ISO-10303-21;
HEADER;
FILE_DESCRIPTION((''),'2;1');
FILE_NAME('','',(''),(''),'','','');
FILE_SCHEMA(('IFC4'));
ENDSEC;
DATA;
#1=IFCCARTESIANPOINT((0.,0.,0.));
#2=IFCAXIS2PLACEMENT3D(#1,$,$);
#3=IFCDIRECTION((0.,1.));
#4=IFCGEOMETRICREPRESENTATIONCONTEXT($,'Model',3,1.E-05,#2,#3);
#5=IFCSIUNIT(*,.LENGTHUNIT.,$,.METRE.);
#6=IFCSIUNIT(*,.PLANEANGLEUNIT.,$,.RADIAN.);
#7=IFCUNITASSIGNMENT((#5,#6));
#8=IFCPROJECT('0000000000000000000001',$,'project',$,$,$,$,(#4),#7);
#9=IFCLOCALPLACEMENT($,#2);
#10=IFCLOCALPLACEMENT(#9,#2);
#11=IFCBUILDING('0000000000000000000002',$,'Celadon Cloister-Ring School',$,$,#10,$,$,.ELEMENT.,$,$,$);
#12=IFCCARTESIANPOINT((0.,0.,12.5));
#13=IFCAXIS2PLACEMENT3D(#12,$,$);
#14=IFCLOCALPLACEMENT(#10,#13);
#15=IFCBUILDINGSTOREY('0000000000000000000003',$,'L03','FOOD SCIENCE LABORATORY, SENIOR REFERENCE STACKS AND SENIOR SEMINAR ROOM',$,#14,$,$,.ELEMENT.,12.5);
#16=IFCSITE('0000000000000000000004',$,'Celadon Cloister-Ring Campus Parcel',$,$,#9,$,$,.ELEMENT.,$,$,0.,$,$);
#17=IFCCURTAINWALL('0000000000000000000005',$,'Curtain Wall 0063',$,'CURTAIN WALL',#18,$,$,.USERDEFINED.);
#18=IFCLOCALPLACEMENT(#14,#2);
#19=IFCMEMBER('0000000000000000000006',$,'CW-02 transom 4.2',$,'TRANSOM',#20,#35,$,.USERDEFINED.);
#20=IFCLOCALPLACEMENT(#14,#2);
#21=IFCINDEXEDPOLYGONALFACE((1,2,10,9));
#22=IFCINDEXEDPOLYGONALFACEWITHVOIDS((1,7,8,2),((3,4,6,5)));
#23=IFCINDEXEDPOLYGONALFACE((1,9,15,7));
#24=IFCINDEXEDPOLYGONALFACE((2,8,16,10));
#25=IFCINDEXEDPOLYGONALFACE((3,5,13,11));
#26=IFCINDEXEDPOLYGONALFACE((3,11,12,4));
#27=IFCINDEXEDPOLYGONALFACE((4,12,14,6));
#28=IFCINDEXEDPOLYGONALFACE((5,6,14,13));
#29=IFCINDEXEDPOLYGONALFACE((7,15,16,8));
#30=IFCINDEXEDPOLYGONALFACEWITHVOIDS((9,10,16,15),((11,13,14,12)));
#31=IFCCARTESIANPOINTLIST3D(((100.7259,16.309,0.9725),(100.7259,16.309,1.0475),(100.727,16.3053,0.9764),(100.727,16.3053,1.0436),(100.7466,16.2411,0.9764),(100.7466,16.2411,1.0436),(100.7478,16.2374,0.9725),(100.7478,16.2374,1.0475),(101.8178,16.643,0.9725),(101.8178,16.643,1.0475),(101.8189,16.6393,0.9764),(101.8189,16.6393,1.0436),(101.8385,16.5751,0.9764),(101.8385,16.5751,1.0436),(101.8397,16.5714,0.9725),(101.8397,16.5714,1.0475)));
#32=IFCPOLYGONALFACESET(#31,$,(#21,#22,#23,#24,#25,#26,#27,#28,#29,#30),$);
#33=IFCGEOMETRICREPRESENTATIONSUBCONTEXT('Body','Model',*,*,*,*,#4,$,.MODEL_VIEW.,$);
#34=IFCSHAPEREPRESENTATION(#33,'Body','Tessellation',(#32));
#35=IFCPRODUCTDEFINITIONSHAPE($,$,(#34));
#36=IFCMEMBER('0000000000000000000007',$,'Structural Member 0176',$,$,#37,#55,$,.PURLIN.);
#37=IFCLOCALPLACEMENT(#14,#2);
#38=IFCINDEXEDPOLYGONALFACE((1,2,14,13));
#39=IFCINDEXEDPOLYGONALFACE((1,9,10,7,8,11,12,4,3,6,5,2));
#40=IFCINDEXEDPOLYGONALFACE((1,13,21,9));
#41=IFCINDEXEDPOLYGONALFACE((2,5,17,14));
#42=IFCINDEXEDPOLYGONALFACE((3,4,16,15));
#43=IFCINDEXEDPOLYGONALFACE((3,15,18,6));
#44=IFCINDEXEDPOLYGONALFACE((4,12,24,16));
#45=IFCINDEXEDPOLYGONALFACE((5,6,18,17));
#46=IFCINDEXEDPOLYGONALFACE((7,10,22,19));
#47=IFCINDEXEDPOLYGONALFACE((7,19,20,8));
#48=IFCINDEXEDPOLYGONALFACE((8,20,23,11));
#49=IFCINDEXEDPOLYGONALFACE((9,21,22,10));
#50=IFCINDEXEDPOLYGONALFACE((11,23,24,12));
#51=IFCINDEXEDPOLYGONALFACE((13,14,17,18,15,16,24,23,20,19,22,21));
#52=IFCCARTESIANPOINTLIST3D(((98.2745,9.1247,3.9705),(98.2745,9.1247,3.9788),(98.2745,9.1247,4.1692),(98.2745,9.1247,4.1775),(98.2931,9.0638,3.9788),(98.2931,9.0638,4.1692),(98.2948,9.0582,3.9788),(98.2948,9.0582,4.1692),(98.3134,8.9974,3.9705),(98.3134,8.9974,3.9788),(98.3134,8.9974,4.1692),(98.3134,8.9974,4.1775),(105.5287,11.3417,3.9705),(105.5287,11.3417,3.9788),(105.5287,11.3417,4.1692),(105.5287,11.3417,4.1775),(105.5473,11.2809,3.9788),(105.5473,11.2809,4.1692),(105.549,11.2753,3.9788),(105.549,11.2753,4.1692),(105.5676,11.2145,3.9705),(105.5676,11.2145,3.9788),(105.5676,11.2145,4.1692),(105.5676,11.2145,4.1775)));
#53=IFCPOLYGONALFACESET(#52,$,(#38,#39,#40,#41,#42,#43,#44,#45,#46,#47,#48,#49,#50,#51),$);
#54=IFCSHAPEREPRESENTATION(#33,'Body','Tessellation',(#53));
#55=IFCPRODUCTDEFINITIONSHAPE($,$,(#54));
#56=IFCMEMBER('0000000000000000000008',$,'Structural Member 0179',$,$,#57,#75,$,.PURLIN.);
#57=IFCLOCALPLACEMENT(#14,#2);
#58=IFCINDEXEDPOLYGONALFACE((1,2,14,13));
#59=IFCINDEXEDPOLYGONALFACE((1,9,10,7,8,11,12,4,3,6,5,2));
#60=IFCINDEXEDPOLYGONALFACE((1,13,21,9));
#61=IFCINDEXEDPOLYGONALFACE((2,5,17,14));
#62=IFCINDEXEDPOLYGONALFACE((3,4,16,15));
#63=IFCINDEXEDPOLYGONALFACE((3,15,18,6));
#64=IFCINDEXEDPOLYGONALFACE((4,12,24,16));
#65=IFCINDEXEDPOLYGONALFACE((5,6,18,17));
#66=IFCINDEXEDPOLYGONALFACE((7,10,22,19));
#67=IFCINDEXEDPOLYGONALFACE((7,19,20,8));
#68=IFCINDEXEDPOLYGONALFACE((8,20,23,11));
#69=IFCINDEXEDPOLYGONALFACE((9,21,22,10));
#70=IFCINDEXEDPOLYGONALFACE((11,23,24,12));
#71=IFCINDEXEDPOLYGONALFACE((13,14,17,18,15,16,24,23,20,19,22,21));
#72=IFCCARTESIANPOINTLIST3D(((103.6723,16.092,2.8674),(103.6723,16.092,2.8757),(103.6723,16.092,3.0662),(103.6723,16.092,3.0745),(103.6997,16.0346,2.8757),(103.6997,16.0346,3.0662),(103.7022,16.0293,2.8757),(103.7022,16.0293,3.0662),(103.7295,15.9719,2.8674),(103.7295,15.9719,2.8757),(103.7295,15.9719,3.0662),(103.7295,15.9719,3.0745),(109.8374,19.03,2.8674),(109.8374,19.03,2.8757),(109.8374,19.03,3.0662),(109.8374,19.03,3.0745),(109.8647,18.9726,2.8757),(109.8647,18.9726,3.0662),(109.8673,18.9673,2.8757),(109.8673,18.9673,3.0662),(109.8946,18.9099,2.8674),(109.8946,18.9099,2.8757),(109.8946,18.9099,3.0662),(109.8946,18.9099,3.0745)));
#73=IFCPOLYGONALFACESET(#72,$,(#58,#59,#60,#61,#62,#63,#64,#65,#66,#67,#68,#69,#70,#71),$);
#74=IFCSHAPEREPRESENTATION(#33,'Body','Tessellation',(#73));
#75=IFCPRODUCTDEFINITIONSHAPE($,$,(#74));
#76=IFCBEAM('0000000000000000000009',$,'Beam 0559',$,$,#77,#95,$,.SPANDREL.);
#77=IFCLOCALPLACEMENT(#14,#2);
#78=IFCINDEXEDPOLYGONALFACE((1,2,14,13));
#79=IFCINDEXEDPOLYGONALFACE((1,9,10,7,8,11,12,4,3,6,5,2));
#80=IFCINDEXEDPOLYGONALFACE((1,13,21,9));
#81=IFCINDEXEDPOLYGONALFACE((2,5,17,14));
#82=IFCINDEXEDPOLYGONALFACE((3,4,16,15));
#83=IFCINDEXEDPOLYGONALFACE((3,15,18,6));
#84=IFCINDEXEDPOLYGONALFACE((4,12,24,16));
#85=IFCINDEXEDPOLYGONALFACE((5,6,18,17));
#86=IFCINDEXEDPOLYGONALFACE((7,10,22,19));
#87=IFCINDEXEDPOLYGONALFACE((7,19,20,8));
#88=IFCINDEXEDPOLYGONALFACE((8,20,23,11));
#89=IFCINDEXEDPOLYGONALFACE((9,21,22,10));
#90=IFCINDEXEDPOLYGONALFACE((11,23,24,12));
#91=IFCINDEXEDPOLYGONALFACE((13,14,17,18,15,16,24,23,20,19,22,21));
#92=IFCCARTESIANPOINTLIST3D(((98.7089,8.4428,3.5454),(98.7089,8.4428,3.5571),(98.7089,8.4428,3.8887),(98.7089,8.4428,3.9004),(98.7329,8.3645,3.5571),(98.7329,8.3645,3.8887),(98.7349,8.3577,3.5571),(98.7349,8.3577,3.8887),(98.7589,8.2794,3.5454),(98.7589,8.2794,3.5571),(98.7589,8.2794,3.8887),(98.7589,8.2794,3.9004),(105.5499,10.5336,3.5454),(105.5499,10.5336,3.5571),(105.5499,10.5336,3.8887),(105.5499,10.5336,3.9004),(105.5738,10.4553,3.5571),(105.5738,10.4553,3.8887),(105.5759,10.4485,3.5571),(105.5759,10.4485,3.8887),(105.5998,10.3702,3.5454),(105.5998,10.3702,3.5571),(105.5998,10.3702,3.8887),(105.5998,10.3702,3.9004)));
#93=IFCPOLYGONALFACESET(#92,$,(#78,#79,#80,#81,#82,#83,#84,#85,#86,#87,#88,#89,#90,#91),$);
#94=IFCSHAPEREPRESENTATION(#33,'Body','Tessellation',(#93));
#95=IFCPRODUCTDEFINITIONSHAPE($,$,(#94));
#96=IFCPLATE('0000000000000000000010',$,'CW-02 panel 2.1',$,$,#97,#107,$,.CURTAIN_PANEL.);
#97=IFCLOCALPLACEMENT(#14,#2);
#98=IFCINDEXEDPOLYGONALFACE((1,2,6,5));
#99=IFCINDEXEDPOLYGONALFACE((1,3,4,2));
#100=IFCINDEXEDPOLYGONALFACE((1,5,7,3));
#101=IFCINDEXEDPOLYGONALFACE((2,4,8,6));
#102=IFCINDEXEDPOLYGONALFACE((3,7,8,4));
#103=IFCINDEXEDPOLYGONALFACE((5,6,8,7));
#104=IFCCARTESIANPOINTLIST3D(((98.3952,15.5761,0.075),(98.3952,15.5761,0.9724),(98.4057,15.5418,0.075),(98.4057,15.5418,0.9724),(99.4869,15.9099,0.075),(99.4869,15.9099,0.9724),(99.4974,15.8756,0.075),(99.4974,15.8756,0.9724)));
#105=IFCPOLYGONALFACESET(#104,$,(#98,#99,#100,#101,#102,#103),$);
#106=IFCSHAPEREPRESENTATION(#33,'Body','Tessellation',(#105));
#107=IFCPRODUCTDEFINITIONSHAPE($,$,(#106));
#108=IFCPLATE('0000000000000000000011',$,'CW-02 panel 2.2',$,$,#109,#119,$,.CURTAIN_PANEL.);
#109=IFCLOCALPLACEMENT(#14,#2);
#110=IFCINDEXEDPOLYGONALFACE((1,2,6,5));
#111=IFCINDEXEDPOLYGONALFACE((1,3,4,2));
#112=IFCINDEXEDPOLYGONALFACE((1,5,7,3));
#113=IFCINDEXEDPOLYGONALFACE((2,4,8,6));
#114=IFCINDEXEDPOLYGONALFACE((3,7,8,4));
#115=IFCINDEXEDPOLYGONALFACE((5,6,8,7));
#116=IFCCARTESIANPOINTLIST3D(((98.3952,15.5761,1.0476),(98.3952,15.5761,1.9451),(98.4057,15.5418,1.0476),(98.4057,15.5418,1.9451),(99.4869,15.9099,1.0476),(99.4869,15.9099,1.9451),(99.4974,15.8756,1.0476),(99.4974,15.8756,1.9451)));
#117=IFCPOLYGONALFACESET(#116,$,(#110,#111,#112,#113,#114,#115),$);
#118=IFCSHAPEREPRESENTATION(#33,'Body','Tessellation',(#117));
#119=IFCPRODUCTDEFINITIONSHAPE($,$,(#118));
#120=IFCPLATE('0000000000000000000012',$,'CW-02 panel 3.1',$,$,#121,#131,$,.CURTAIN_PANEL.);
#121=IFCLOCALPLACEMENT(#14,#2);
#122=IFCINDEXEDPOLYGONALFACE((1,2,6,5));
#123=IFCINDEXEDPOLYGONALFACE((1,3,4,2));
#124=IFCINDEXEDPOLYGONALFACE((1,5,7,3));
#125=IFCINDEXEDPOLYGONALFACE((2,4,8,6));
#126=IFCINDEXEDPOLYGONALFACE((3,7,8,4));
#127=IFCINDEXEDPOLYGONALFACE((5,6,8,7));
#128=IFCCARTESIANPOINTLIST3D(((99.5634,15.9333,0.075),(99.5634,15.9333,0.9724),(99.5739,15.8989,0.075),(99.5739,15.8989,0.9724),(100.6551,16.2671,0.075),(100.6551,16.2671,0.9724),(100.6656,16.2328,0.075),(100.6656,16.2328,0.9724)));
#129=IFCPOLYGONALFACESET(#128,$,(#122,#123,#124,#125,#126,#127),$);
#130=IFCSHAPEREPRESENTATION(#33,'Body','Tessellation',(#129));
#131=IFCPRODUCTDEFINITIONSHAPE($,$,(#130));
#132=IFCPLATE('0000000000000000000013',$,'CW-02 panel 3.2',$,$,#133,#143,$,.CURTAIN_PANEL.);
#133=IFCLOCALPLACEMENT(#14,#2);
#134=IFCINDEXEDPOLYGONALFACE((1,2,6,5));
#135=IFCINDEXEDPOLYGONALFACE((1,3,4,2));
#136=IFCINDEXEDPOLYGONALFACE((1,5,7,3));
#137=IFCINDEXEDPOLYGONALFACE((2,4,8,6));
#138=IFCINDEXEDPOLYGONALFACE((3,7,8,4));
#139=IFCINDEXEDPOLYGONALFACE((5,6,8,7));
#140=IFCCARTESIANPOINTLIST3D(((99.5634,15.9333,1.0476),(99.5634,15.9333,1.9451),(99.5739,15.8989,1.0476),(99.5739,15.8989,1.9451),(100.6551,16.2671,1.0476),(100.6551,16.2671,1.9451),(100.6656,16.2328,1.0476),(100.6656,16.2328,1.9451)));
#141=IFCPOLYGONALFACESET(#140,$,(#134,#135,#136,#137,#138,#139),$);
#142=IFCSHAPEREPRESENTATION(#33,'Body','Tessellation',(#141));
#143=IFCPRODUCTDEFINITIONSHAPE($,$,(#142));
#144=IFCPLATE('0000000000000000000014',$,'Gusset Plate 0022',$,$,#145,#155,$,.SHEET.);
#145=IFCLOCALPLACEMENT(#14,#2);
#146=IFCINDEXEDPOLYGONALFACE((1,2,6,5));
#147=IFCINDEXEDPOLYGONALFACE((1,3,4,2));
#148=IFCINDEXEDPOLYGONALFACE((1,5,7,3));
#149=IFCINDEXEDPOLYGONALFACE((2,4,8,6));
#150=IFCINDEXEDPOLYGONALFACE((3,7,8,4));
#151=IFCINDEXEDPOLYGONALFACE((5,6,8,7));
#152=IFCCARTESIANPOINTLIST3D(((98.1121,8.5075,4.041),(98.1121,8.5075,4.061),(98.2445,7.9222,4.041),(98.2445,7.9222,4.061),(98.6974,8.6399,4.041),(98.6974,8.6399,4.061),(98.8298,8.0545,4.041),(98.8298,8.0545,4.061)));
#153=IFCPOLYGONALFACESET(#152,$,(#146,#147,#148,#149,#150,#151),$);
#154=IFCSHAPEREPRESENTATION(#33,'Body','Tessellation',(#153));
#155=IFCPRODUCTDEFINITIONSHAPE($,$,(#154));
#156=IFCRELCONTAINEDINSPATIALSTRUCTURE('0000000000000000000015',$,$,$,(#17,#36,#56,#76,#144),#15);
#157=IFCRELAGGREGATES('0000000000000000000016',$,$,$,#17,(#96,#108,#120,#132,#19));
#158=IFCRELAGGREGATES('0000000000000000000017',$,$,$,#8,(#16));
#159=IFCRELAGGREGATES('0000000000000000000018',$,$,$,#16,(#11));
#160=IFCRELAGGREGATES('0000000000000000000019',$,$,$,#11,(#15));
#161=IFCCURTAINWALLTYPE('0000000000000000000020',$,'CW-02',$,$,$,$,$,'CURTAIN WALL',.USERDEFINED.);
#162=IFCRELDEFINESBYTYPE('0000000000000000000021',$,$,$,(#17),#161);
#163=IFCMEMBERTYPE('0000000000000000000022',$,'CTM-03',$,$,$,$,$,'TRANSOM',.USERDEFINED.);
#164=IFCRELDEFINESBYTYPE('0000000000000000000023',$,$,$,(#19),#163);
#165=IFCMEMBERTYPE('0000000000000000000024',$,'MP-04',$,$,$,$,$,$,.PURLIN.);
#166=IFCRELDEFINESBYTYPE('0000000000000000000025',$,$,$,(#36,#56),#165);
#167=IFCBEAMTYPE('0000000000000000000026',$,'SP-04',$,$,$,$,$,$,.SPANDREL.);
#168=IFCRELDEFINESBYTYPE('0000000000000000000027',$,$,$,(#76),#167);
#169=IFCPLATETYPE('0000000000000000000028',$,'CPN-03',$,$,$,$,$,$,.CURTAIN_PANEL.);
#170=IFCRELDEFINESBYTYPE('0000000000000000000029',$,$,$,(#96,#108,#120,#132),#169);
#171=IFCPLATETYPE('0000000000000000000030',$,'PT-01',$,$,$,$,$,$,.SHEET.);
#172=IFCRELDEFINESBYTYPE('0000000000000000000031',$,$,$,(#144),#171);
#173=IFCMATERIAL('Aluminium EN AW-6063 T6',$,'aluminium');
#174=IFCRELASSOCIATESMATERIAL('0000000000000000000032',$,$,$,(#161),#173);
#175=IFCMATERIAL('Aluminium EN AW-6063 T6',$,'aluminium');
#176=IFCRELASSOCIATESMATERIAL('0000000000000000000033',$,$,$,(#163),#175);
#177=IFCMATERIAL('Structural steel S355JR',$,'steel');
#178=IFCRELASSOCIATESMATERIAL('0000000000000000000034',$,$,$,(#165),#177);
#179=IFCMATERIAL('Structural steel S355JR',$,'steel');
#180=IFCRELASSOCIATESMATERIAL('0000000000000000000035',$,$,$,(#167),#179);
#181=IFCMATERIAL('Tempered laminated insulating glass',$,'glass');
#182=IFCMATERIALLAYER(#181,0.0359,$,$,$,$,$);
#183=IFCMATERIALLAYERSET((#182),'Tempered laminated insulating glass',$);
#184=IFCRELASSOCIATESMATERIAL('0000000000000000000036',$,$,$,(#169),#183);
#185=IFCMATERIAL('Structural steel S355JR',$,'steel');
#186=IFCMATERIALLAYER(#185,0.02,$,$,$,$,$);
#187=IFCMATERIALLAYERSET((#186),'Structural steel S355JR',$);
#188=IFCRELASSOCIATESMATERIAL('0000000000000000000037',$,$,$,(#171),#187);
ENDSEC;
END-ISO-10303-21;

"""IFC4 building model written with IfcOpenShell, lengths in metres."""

from ifc_helpers import new_model, si_unit, direction, frame, origin, origin_2d, place, context, subcontext, project, spatial, rectangle, hollow_rectangle, i_section, extrude, material, layer, layer_set, material_profile, profile_set, type_object, element, aggregate, save


model = new_model("IFC4")

# Units and contexts
model_context = context("Model", 3, precision=1e-05, world=origin(), true_north=direction((0.0, 1.0)))
body_context = subcontext(model_context, "Body", "Model", "MODEL_VIEW")
ifc_project = project(units=[si_unit("LENGTHUNIT", "METRE"), si_unit("PLANEANGLEUNIT", "RADIAN")], contexts=[model_context])

# Site, building, storey
site_placement = place(None, origin())
site = spatial("IfcSite", under=ifc_project, at=site_placement, Name="Celadon Cloister-Ring Campus Parcel", CompositionType="ELEMENT", RefElevation=0.0)
building_placement = place(site_placement, origin())
building = spatial("IfcBuilding", under=site, at=building_placement, Name="Celadon Cloister-Ring School", CompositionType="ELEMENT")
storey_placement = place(building_placement, frame((0.0, 0.0, 12.5)))
storey = spatial("IfcBuildingStorey", under=building, at=storey_placement, Name="L03", Description="FOOD SCIENCE LABORATORY, SENIOR REFERENCE STACKS AND SENIOR SEMINAR ROOM", CompositionType="ELEMENT", Elevation=12.5)

# Curtain wall, member
ifc_material_1 = material(Name="Aluminium EN AW-6063 T6", Category="aluminium")
curtain_wall_type = type_object("IfcCurtainWallType", Name="CW-02", ElementType="CURTAIN WALL", PredefinedType="USERDEFINED", material=ifc_material_1)
curtain_wall_placement = place(storey_placement, origin())
curtain_wall = element("IfcCurtainWall", 1, at=curtain_wall_placement, inside=storey, type_object=curtain_wall_type, Name="Curtain Wall 0063", ObjectType="CURTAIN WALL", PredefinedType="USERDEFINED")
ifc_material_2 = material(Name="Aluminium EN AW-6063 T6", Category="aluminium")
ifc_material_profile_1 = material_profile(ifc_material_2, hollow_rectangle(XDim=0.075, YDim=0.075, WallThickness=0.0039, at=origin_2d()), Name="RHS75X75X4")
ifc_profile_set_1 = profile_set([ifc_material_profile_1], Name="Aluminium EN AW-6063 T6")
member_type_1 = type_object("IfcMemberType", Name="CTM-03", ElementType="TRANSOM", PredefinedType="USERDEFINED", material=ifc_profile_set_1)
member_1_placement = place(storey_placement, frame((100.7368, 16.2732, 1.01), z_axis=(0.956259, 0.292523, 0.0), x_axis=(-0.292523, 0.956259, 0.0)))
member_1 = element("IfcMember", 2, at=member_1_placement, type_object=member_type_1, Name="CW-02 transom 4.2", ObjectType="TRANSOM", PredefinedType="USERDEFINED", context=body_context, shape_type="SweptSolid", body=[
    extrude(hollow_rectangle(XDim=0.075, YDim=0.075, WallThickness=0.0039, at=origin_2d()), origin(), (0.0, 0.0, 1.0), 1.1418),
])

# Members
ifc_material_3 = material(Name="Structural steel S355JR", Category="steel")
ifc_material_profile_2 = material_profile(ifc_material_3, i_section(OverallWidth=0.1331, OverallDepth=0.207, WebThickness=0.0059, FlangeThickness=0.0083, at=origin_2d()), Name="W200X27")
ifc_profile_set_2 = profile_set([ifc_material_profile_2], Name="Structural steel S355JR")
member_type_2 = type_object("IfcMemberType", Name="MP-04", PredefinedType="PURLIN", material=ifc_profile_set_2)
member_2_placement = place(storey_placement, frame((98.2939, 9.061, 4.074), z_axis=(0.956333, 0.292278, 0.0), x_axis=(-0.292278, 0.956333, 0.0)))
element("IfcMember", 3, at=member_2_placement, inside=storey, type_object=member_type_2, Name="Structural Member 0176", PredefinedType="PURLIN", context=body_context, shape_type="SweptSolid", body=[
    extrude(i_section(OverallWidth=0.1331, OverallDepth=0.207, WebThickness=0.0059, FlangeThickness=0.0083, at=origin_2d()), origin(), (0.0, 0.0, 1.0), 7.5854),
])
member_3_placement = place(storey_placement, frame((103.7009, 16.032, 2.9709), z_axis=(0.902732, 0.430203, 0.0), x_axis=(-0.430203, 0.902732, 0.0)))
element("IfcMember", 4, at=member_3_placement, inside=storey, type_object=member_type_2, Name="Structural Member 0179", PredefinedType="PURLIN", context=body_context, shape_type="SweptSolid", body=[
    extrude(i_section(OverallWidth=0.1331, OverallDepth=0.207, WebThickness=0.0059, FlangeThickness=0.0083, at=origin_2d()), origin(), (0.0, 0.0, 1.0), 6.8293),
])

# Beam
ifc_material_4 = material(Name="Structural steel S355JR", Category="steel")
ifc_material_profile_3 = material_profile(ifc_material_4, i_section(OverallWidth=0.1709, OverallDepth=0.355, WebThickness=0.0071, FlangeThickness=0.0117, at=origin_2d()), Name="W360X51")
ifc_profile_set_3 = profile_set([ifc_material_profile_3], Name="Structural steel S355JR")
beam_type = type_object("IfcBeamType", Name="SP-04", PredefinedType="SPANDREL", material=ifc_profile_set_3)
beam_placement = place(storey_placement, frame((98.7339, 8.3611, 3.7229), z_axis=(0.956332, 0.292282, 0.0), x_axis=(-0.292282, 0.956332, 0.0)))
element("IfcBeam", 5, at=beam_placement, inside=storey, type_object=beam_type, Name="Beam 0559", PredefinedType="SPANDREL", context=body_context, shape_type="SweptSolid", body=[
    extrude(i_section(OverallWidth=0.1709, OverallDepth=0.355, WebThickness=0.0071, FlangeThickness=0.0117, at=origin_2d()), origin(), (0.0, 0.0, 1.0), 7.1533),
])

# Plates
ifc_material_5 = material(Name="Tempered laminated insulating glass", Category="glass")
ifc_layer_1 = layer(ifc_material_5, 0.0359)
ifc_layer_set_1 = layer_set([ifc_layer_1], Name="Tempered laminated insulating glass")
plate_type_1 = type_object("IfcPlateType", Name="CPN-03", PredefinedType="CURTAIN_PANEL", material=ifc_layer_set_1)
plate_1_placement = place(storey_placement, frame((98.9463, 15.7258, 0.075), z_axis=(0.0, 0.0, 1.0), x_axis=(0.956294, 0.292406, 0.0)))
plate_1 = element("IfcPlate", 6, at=plate_1_placement, type_object=plate_type_1, Name="CW-02 panel 2.1", PredefinedType="CURTAIN_PANEL", context=body_context, shape_type="SweptSolid", body=[
    extrude(rectangle(XDim=1.1416, YDim=0.0359, at=origin_2d()), origin(), (0.0, 0.0, 1.0), 0.8975),
])
plate_2_placement = place(storey_placement, frame((98.9463, 15.7258, 1.0476), z_axis=(0.0, 0.0, 1.0), x_axis=(0.956294, 0.292406, 0.0)))
plate_2 = element("IfcPlate", 7, at=plate_2_placement, type_object=plate_type_1, Name="CW-02 panel 2.2", PredefinedType="CURTAIN_PANEL", context=body_context, shape_type="SweptSolid", body=[
    extrude(rectangle(XDim=1.1416, YDim=0.0359, at=origin_2d()), origin(), (0.0, 0.0, 1.0), 0.8975),
])
plate_3_placement = place(storey_placement, frame((100.1145, 16.083, 0.075), z_axis=(0.0, 0.0, 1.0), x_axis=(0.956294, 0.292406, 0.0)))
plate_3 = element("IfcPlate", 8, at=plate_3_placement, type_object=plate_type_1, Name="CW-02 panel 3.1", PredefinedType="CURTAIN_PANEL", context=body_context, shape_type="SweptSolid", body=[
    extrude(rectangle(XDim=1.1416, YDim=0.0359, at=origin_2d()), origin(), (0.0, 0.0, 1.0), 0.8975),
])
plate_4_placement = place(storey_placement, frame((100.1145, 16.083, 1.0476), z_axis=(0.0, 0.0, 1.0), x_axis=(0.956294, 0.292406, 0.0)))
plate_4 = element("IfcPlate", 9, at=plate_4_placement, type_object=plate_type_1, Name="CW-02 panel 3.2", PredefinedType="CURTAIN_PANEL", context=body_context, shape_type="SweptSolid", body=[
    extrude(rectangle(XDim=1.1416, YDim=0.0359, at=origin_2d()), origin(), (0.0, 0.0, 1.0), 0.8975),
])
aggregate(curtain_wall, [plate_1, plate_2, plate_3, plate_4, member_1])
ifc_material_6 = material(Name="Structural steel S355JR", Category="steel")
ifc_layer_2 = layer(ifc_material_6, 0.02)
ifc_layer_set_2 = layer_set([ifc_layer_2], Name="Structural steel S355JR")
plate_type_2 = type_object("IfcPlateType", Name="PT-01", PredefinedType="SHEET", material=ifc_layer_set_2)
plate_5_placement = place(storey_placement, frame((98.4709, 8.281, 4.041), z_axis=(0.0, 0.0, 1.0), x_axis=(0.220595, -0.975365, 0.0)))
element("IfcPlate", 10, at=plate_5_placement, inside=storey, type_object=plate_type_2, Name="Gusset Plate 0022", PredefinedType="SHEET", context=body_context, shape_type="SweptSolid", body=[
    extrude(rectangle(XDim=0.6001, YDim=0.6001, at=origin_2d()), origin(), (0.0, 0.0, 1.0), 0.02),
])

save(model, "model.ifc")
